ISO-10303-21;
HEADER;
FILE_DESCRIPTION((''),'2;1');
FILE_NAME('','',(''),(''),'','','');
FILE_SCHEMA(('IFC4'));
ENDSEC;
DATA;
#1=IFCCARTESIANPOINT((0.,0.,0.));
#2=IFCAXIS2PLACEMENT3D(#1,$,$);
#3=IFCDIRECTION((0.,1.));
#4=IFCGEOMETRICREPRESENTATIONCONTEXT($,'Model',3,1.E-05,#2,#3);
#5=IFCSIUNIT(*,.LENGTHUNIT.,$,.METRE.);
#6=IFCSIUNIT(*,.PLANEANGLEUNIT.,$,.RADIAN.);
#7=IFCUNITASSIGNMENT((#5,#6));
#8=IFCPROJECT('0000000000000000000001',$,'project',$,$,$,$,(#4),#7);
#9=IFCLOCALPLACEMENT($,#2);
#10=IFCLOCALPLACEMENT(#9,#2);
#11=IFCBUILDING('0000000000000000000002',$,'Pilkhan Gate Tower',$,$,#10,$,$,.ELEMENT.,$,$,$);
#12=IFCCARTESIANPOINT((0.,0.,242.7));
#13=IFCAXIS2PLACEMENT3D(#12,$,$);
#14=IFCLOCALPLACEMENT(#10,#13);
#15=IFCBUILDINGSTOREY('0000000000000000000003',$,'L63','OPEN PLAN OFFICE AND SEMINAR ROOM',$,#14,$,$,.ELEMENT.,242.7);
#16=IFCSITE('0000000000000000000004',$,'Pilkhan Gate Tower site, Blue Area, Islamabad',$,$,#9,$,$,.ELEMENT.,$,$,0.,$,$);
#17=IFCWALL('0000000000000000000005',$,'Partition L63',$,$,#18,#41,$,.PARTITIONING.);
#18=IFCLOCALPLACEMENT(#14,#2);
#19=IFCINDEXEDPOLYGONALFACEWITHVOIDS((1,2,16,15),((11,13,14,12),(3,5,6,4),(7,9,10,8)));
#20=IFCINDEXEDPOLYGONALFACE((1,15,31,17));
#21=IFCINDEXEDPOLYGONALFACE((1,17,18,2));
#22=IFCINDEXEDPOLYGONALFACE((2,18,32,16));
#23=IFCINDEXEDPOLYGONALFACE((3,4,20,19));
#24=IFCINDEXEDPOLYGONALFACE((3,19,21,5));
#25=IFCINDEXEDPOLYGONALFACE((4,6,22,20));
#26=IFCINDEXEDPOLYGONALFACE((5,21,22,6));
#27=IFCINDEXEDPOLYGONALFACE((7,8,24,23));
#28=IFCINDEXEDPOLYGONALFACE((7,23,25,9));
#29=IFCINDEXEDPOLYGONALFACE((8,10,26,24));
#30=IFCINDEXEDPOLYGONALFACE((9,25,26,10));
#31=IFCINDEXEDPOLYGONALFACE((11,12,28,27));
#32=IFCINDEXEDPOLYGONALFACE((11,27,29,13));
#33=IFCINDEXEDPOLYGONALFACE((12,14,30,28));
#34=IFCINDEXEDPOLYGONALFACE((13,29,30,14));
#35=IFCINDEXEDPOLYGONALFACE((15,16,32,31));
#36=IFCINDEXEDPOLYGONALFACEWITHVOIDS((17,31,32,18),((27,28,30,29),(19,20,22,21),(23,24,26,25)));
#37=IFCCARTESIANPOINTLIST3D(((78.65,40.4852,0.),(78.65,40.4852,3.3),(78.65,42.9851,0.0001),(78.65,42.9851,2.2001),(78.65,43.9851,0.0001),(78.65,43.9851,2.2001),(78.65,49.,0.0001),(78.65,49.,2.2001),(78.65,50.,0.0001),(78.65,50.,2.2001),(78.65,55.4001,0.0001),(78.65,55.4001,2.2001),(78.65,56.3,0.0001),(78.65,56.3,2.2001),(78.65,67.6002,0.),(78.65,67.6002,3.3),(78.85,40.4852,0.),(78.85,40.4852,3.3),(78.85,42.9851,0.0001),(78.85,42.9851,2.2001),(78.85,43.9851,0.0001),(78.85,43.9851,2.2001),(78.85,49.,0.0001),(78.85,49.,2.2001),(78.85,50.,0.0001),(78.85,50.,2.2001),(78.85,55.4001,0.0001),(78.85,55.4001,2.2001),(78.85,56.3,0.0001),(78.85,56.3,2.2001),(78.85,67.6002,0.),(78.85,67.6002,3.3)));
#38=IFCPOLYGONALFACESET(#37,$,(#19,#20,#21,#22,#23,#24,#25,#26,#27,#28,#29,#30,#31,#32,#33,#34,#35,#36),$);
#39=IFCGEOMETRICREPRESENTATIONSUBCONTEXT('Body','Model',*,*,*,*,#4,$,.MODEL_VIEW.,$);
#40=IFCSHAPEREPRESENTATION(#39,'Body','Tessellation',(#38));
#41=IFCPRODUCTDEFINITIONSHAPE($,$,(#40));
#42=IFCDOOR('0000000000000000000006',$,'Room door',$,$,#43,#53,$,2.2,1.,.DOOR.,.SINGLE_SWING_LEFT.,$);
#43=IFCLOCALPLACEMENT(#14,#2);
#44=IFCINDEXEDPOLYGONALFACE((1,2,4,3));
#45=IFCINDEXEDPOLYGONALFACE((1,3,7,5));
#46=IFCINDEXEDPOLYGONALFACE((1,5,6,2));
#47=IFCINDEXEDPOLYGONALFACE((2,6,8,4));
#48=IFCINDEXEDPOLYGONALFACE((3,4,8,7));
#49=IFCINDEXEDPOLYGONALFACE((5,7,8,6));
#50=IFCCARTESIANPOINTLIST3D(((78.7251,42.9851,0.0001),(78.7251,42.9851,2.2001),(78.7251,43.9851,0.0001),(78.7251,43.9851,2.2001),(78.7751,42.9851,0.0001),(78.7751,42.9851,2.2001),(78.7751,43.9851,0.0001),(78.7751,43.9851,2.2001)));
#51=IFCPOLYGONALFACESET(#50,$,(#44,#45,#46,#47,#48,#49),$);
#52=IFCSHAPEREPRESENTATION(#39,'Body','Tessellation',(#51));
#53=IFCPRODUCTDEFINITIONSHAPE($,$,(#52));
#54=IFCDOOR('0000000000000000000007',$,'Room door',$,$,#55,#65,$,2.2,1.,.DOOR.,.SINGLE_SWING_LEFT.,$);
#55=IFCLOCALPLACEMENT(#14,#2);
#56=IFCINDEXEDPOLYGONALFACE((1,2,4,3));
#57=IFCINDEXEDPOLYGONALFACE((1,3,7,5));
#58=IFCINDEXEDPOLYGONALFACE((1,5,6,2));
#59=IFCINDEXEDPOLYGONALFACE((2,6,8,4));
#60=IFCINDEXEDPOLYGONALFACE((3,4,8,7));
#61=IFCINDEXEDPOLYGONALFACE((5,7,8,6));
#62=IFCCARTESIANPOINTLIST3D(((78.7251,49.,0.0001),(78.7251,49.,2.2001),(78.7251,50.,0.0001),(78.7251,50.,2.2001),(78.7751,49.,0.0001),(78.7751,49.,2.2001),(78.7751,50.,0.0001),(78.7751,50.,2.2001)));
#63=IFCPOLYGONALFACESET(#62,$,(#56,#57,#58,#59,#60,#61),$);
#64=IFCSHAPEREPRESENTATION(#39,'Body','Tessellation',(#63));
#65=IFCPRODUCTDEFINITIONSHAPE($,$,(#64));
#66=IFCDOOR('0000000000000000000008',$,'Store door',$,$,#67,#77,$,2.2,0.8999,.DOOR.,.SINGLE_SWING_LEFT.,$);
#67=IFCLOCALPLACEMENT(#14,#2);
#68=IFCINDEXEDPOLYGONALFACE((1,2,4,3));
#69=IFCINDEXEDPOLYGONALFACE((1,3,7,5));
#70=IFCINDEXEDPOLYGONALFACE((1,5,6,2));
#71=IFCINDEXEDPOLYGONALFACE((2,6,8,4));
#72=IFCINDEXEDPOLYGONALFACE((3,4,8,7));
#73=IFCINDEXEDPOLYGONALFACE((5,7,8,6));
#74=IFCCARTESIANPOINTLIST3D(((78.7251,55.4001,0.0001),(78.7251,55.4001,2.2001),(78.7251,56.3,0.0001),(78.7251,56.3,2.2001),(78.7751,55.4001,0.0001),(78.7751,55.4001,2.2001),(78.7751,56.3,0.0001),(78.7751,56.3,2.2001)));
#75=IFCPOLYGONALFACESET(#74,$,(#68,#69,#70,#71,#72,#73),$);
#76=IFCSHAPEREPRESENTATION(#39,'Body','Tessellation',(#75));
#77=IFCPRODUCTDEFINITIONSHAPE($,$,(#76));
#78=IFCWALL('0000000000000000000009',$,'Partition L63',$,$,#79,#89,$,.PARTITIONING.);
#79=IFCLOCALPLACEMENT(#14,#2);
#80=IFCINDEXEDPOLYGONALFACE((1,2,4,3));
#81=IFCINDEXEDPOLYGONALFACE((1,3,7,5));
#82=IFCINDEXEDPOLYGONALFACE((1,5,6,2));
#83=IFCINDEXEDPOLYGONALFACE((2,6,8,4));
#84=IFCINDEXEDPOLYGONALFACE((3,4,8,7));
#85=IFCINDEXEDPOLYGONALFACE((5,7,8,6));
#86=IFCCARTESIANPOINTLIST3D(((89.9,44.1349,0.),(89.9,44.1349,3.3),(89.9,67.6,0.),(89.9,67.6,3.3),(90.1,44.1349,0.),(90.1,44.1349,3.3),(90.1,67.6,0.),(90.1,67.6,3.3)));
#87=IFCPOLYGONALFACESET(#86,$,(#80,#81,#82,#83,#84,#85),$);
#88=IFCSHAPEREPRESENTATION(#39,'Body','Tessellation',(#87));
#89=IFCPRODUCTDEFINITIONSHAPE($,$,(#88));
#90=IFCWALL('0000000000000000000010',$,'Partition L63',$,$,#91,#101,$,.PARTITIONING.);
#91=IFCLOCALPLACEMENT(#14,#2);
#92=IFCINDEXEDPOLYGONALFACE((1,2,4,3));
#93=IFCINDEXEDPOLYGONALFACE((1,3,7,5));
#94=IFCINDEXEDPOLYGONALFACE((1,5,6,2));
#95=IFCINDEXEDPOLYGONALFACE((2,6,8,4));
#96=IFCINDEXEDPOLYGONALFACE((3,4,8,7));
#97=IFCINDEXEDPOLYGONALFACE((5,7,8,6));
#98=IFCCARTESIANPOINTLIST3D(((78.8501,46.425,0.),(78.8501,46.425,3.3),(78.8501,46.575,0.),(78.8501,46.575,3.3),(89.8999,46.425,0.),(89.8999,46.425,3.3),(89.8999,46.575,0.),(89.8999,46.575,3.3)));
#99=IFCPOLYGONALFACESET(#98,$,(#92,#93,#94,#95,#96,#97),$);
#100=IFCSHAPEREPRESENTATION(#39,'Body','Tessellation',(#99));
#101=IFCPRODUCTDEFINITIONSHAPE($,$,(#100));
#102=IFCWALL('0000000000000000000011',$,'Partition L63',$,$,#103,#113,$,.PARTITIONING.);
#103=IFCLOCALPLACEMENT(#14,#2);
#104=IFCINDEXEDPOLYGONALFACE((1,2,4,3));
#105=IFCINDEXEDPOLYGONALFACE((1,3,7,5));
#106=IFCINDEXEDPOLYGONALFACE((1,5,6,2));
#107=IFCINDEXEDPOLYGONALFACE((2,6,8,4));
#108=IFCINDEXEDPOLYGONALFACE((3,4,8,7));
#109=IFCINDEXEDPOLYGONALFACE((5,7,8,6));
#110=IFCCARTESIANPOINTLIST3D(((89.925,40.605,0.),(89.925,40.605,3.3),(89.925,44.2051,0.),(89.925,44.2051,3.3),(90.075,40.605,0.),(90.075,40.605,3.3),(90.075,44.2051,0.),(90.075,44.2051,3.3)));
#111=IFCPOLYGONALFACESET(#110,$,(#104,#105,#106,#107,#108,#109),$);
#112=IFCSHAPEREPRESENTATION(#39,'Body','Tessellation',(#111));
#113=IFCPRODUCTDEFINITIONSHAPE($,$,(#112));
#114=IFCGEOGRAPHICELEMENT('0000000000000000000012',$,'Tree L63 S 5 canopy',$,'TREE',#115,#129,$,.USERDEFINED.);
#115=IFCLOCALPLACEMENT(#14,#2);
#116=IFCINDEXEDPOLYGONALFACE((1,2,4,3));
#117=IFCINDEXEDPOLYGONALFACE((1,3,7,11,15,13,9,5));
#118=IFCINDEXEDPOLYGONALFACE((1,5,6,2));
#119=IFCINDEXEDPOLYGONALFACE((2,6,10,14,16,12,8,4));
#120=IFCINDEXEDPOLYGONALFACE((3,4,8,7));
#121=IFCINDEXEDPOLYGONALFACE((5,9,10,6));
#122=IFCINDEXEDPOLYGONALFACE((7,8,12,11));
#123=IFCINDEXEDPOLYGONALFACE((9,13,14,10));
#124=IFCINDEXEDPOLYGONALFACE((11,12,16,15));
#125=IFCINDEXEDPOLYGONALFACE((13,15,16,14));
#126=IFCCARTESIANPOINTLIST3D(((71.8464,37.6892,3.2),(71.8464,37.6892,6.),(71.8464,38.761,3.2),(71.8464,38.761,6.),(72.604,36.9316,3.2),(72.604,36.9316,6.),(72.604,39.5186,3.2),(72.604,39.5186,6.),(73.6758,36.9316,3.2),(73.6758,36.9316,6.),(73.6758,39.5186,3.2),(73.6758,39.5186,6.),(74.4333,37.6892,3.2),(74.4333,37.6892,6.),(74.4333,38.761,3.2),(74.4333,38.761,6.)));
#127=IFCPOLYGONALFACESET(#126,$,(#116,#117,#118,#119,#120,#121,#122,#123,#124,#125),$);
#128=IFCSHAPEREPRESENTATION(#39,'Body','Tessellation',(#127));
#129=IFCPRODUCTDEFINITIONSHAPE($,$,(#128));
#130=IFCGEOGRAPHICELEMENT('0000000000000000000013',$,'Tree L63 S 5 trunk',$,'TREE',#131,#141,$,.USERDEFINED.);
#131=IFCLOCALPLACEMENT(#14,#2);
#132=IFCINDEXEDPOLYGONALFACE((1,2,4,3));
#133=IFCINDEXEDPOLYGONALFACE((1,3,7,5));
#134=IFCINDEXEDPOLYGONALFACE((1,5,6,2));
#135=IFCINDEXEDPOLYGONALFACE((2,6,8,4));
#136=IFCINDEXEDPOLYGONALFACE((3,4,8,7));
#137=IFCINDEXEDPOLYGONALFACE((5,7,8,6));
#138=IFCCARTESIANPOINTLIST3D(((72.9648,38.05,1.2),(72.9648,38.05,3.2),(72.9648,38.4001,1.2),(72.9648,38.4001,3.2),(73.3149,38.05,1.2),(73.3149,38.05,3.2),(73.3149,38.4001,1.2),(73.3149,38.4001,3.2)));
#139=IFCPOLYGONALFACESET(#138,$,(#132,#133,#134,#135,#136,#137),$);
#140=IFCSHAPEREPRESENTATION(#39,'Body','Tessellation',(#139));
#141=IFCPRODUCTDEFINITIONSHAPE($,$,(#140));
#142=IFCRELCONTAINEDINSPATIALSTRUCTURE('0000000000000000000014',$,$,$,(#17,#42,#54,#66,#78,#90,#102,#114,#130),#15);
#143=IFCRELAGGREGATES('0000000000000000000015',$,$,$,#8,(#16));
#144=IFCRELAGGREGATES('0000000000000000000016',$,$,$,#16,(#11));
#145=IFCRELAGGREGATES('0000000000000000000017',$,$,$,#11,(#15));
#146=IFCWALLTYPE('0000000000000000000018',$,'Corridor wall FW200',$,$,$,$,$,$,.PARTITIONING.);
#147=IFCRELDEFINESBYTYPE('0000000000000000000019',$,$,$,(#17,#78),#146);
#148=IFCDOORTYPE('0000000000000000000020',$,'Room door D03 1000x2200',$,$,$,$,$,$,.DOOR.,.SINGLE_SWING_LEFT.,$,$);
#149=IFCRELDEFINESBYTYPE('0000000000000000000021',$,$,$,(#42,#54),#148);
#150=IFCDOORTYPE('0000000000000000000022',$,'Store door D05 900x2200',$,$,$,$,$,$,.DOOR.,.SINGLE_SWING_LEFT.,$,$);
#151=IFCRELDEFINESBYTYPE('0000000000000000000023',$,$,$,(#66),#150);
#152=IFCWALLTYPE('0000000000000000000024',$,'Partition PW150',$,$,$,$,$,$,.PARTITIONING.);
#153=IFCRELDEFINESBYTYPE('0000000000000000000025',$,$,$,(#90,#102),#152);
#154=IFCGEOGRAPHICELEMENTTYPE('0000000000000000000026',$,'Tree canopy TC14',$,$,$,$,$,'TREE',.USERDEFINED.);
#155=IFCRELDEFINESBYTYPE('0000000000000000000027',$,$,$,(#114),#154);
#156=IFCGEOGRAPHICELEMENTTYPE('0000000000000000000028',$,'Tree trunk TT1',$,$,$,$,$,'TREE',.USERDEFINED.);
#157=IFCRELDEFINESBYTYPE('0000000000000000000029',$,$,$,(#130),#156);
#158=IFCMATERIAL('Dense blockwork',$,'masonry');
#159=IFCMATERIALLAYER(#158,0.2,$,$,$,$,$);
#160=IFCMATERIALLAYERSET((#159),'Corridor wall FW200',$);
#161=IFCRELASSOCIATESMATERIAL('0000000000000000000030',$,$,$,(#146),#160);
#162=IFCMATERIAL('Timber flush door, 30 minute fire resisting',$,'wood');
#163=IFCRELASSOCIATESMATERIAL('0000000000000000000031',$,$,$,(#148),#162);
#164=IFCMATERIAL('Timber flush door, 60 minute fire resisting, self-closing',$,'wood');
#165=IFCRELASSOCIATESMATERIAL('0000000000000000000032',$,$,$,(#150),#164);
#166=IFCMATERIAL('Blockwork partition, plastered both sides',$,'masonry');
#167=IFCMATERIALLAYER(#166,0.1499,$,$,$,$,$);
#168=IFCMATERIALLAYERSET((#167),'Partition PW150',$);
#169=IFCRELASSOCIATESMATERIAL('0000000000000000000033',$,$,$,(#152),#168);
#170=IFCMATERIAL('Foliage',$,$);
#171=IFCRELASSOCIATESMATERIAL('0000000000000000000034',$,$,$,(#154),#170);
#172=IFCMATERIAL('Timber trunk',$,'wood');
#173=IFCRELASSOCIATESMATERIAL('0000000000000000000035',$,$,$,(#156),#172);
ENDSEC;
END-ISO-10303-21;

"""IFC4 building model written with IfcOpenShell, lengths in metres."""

from ifc_helpers import new_model, si_unit, direction, frame, frame_2d, origin, origin_2d, place, context, subcontext, project, spatial, polyline, rectangle, outline, extrude, material, layer, layer_set, material_profile, profile_set, type_object, element, fill, save


model = new_model("IFC4")

# Units and contexts
model_context = context("Model", 3, precision=1e-05, world=origin(), true_north=direction((0.0, 1.0)))
body_context = subcontext(model_context, "Body", "Model", "MODEL_VIEW")
ifc_project = project(units=[si_unit("LENGTHUNIT", "METRE"), si_unit("PLANEANGLEUNIT", "RADIAN")], contexts=[model_context])

# Site, building, storey
site_placement = place(None, origin())
site = spatial("IfcSite", under=ifc_project, at=site_placement, Name="Pilkhan Gate Tower site, Blue Area, Islamabad", CompositionType="ELEMENT", RefElevation=0.0)
building_placement = place(site_placement, origin())
building = spatial("IfcBuilding", under=site, at=building_placement, Name="Pilkhan Gate Tower", CompositionType="ELEMENT")
storey_placement = place(building_placement, frame((0.0, 0.0, 242.7)))
storey = spatial("IfcBuildingStorey", under=building, at=storey_placement, Name="L63", Description="OPEN PLAN OFFICE AND SEMINAR ROOM", CompositionType="ELEMENT", Elevation=242.7)

# Shared definitions
ifc_material_1 = material(Name="Dense blockwork", Category="masonry")
ifc_layer_1 = layer(ifc_material_1, 0.2)
ifc_layer_set_1 = layer_set([ifc_layer_1], Name="Corridor wall FW200")
wall_type_1 = type_object("IfcWallType", Name="Corridor wall FW200", PredefinedType="PARTITIONING", material=ifc_layer_set_1)

# Wall, openings, doors
wall_1_placement = place(storey_placement, frame((78.75, 40.4851, 0.0), z_axis=(0.0, 0.0, 1.0), x_axis=(0.0, 1.0, 0.0)))
wall_1 = element("IfcWall", 1, at=wall_1_placement, inside=storey, type_object=wall_type_1, Name="Partition L63", PredefinedType="PARTITIONING", context=body_context, shape_type="SweptSolid", body=[
    extrude(rectangle(XDim=27.115, YDim=0.2, at=frame_2d((13.5576, 0.0))), origin(), (0.0, 0.0, 1.0), 3.3),
])
opening_1_placement = place(wall_1_placement, frame((2.5, 0.0, 0.0)))
opening_1 = element("IfcOpeningElement", 2, at=opening_1_placement, cuts=wall_1, PredefinedType="OPENING", context=body_context, shape_type="SweptSolid", body=[
    extrude(rectangle(XDim=1.0, YDim=2.2, at=frame_2d((0.5, 1.1001))), frame((0.0, 0.1099, 0.0), z_axis=(0.0, -1.0, 0.0), x_axis=(1.0, 0.0, 0.0)), (0.0, 0.0, 1.0), 0.22),
])
opening_2_placement = place(wall_1_placement, frame((8.5149, 0.0, 0.0)))
opening_2 = element("IfcOpeningElement", 3, at=opening_2_placement, cuts=wall_1, PredefinedType="OPENING", context=body_context, shape_type="SweptSolid", body=[
    extrude(rectangle(XDim=1.0, YDim=2.2, at=frame_2d((0.5, 1.1001))), frame((0.0, 0.1099, 0.0), z_axis=(0.0, -1.0, 0.0), x_axis=(1.0, 0.0, 0.0)), (0.0, 0.0, 1.0), 0.22),
])
opening_3_placement = place(wall_1_placement, frame((14.915, 0.0, 0.0)))
opening_3 = element("IfcOpeningElement", 4, at=opening_3_placement, cuts=wall_1, PredefinedType="OPENING", context=body_context, shape_type="SweptSolid", body=[
    extrude(rectangle(XDim=0.8999, YDim=2.2, at=frame_2d((0.45, 1.1001))), frame((0.0, 0.1099, 0.0), z_axis=(0.0, -1.0, 0.0), x_axis=(1.0, 0.0, 0.0)), (0.0, 0.0, 1.0), 0.22),
])
ifc_material_2 = material(Name="Timber flush door, 30 minute fire resisting", Category="wood")
door_type_1 = type_object("IfcDoorType", Name="Room door D03 1000x2200", OperationType="SINGLE_SWING_LEFT", PredefinedType="DOOR", material=ifc_material_2)
door_1_placement = place(opening_1_placement, origin())
door_1 = element("IfcDoor", 5, at=door_1_placement, inside=storey, type_object=door_type_1, Name="Room door", OperationType="SINGLE_SWING_LEFT", OverallHeight=2.2, OverallWidth=1.0, PredefinedType="DOOR", context=body_context, shape_type="SweptSolid", body=[
    extrude(rectangle(XDim=1.0, YDim=2.2, at=frame_2d((0.5, 1.1001))), frame((0.0, 0.0249, 0.0), z_axis=(0.0, -1.0, 0.0), x_axis=(1.0, 0.0, 0.0)), (0.0, 0.0, 1.0), 0.05),
])
fill(opening_1, door_1)
door_2_placement = place(opening_2_placement, origin())
door_2 = element("IfcDoor", 6, at=door_2_placement, inside=storey, type_object=door_type_1, Name="Room door", OperationType="SINGLE_SWING_LEFT", OverallHeight=2.2, OverallWidth=1.0, PredefinedType="DOOR", context=body_context, shape_type="SweptSolid", body=[
    extrude(rectangle(XDim=1.0, YDim=2.2, at=frame_2d((0.5, 1.1001))), frame((0.0, 0.0249, 0.0), z_axis=(0.0, -1.0, 0.0), x_axis=(1.0, 0.0, 0.0)), (0.0, 0.0, 1.0), 0.05),
])
fill(opening_2, door_2)
ifc_material_3 = material(Name="Timber flush door, 60 minute fire resisting, self-closing", Category="wood")
door_type_2 = type_object("IfcDoorType", Name="Store door D05 900x2200", OperationType="SINGLE_SWING_LEFT", PredefinedType="DOOR", material=ifc_material_3)
door_3_placement = place(opening_3_placement, origin())
door_3 = element("IfcDoor", 7, at=door_3_placement, inside=storey, type_object=door_type_2, Name="Store door", OperationType="SINGLE_SWING_LEFT", OverallHeight=2.2, OverallWidth=0.8999, PredefinedType="DOOR", context=body_context, shape_type="SweptSolid", body=[
    extrude(rectangle(XDim=0.8999, YDim=2.2, at=frame_2d((0.45, 1.1001))), frame((0.0, 0.0249, 0.0), z_axis=(0.0, -1.0, 0.0), x_axis=(1.0, 0.0, 0.0)), (0.0, 0.0, 1.0), 0.05),
])
fill(opening_3, door_3)

# Walls
wall_2_placement = place(storey_placement, frame((90.0, 44.135, 0.0), z_axis=(0.0, 0.0, 1.0), x_axis=(0.0, 1.0, 0.0)))
element("IfcWall", 8, at=wall_2_placement, inside=storey, type_object=wall_type_1, Name="Partition L63", PredefinedType="PARTITIONING", context=body_context, shape_type="SweptSolid", body=[
    extrude(rectangle(XDim=23.4651, YDim=0.2, at=frame_2d((11.7324, 0.0))), origin(), (0.0, 0.0, 1.0), 3.3),
])
ifc_material_4 = material(Name="Blockwork partition, plastered both sides", Category="masonry")
ifc_layer_2 = layer(ifc_material_4, 0.1499)
ifc_layer_set_2 = layer_set([ifc_layer_2], Name="Partition PW150")
wall_type_2 = type_object("IfcWallType", Name="Partition PW150", PredefinedType="PARTITIONING", material=ifc_layer_set_2)
wall_3_placement = place(storey_placement, frame((78.8501, 46.5, 0.0), z_axis=(0.0, 0.0, 1.0), x_axis=(1.0, 0.0, 0.0)))
element("IfcWall", 9, at=wall_3_placement, inside=storey, type_object=wall_type_2, Name="Partition L63", PredefinedType="PARTITIONING", context=body_context, shape_type="SweptSolid", body=[
    extrude(rectangle(XDim=11.0498, YDim=0.1499, at=frame_2d((5.5249, 0.0))), origin(), (0.0, 0.0, 1.0), 3.3),
])
wall_4_placement = place(storey_placement, frame((90.0, 40.605, 0.0), z_axis=(0.0, 0.0, 1.0), x_axis=(0.0, 1.0, 0.0)))
element("IfcWall", 10, at=wall_4_placement, inside=storey, type_object=wall_type_2, Name="Partition L63", PredefinedType="PARTITIONING", context=body_context, shape_type="SweptSolid", body=[
    extrude(rectangle(XDim=3.6001, YDim=0.1499, at=frame_2d((1.8, 0.0))), origin(), (0.0, 0.0, 1.0), 3.3),
])

# Geographic elements
ifc_material_5 = material(Name="Foliage")
ifc_material_profile_1 = material_profile(ifc_material_5, outline(polyline([(1.2935, 0.5359), (0.5359, 1.2935), (-0.5359, 1.2935), (-1.2935, 0.5359), (-1.2935, -0.5359), (-0.5359, -1.2935), (0.5359, -1.2935), (1.2935, -0.5359), (1.2935, 0.5359)])), Name="Canopy D2.8")
ifc_profile_set_1 = profile_set([ifc_material_profile_1], Name="Foliage")
geographic_element_type_1 = type_object("IfcGeographicElementType", Name="Tree canopy TC14", ElementType="TREE", PredefinedType="USERDEFINED", material=ifc_profile_set_1)
geographic_element_1_placement = place(storey_placement, frame((73.1399, 38.2251, 3.2), z_axis=(0.0, 0.0, 1.0), x_axis=(1.0, 0.0, 0.0)))
element("IfcGeographicElement", 11, at=geographic_element_1_placement, inside=storey, type_object=geographic_element_type_1, Name="Tree L63 S 5 canopy", ObjectType="TREE", PredefinedType="USERDEFINED", context=body_context, shape_type="SweptSolid", body=[
    extrude(outline(polyline([(1.2935, 0.5359), (0.5359, 1.2935), (-0.5359, 1.2935), (-1.2935, 0.5359), (-1.2935, -0.5359), (-0.5359, -1.2935), (0.5359, -1.2935), (1.2935, -0.5359), (1.2935, 0.5359)])), origin(), (0.0, 0.0, 1.0), 2.8),
])
ifc_material_6 = material(Name="Timber trunk", Category="wood")
geographic_element_type_2 = type_object("IfcGeographicElementType", Name="Tree trunk TT1", ElementType="TREE", PredefinedType="USERDEFINED", material=ifc_material_6)
geographic_element_2_placement = place(storey_placement, frame((73.1399, 38.2251, 1.2), z_axis=(0.0, 0.0, 1.0), x_axis=(1.0, 0.0, 0.0)))
element("IfcGeographicElement", 12, at=geographic_element_2_placement, inside=storey, type_object=geographic_element_type_2, Name="Tree L63 S 5 trunk", ObjectType="TREE", PredefinedType="USERDEFINED", context=body_context, shape_type="SweptSolid", body=[
    extrude(rectangle(XDim=0.3501, YDim=0.3501, at=origin_2d()), origin(), (0.0, 0.0, 1.0), 2.0),
])

save(model, "model.ifc")
